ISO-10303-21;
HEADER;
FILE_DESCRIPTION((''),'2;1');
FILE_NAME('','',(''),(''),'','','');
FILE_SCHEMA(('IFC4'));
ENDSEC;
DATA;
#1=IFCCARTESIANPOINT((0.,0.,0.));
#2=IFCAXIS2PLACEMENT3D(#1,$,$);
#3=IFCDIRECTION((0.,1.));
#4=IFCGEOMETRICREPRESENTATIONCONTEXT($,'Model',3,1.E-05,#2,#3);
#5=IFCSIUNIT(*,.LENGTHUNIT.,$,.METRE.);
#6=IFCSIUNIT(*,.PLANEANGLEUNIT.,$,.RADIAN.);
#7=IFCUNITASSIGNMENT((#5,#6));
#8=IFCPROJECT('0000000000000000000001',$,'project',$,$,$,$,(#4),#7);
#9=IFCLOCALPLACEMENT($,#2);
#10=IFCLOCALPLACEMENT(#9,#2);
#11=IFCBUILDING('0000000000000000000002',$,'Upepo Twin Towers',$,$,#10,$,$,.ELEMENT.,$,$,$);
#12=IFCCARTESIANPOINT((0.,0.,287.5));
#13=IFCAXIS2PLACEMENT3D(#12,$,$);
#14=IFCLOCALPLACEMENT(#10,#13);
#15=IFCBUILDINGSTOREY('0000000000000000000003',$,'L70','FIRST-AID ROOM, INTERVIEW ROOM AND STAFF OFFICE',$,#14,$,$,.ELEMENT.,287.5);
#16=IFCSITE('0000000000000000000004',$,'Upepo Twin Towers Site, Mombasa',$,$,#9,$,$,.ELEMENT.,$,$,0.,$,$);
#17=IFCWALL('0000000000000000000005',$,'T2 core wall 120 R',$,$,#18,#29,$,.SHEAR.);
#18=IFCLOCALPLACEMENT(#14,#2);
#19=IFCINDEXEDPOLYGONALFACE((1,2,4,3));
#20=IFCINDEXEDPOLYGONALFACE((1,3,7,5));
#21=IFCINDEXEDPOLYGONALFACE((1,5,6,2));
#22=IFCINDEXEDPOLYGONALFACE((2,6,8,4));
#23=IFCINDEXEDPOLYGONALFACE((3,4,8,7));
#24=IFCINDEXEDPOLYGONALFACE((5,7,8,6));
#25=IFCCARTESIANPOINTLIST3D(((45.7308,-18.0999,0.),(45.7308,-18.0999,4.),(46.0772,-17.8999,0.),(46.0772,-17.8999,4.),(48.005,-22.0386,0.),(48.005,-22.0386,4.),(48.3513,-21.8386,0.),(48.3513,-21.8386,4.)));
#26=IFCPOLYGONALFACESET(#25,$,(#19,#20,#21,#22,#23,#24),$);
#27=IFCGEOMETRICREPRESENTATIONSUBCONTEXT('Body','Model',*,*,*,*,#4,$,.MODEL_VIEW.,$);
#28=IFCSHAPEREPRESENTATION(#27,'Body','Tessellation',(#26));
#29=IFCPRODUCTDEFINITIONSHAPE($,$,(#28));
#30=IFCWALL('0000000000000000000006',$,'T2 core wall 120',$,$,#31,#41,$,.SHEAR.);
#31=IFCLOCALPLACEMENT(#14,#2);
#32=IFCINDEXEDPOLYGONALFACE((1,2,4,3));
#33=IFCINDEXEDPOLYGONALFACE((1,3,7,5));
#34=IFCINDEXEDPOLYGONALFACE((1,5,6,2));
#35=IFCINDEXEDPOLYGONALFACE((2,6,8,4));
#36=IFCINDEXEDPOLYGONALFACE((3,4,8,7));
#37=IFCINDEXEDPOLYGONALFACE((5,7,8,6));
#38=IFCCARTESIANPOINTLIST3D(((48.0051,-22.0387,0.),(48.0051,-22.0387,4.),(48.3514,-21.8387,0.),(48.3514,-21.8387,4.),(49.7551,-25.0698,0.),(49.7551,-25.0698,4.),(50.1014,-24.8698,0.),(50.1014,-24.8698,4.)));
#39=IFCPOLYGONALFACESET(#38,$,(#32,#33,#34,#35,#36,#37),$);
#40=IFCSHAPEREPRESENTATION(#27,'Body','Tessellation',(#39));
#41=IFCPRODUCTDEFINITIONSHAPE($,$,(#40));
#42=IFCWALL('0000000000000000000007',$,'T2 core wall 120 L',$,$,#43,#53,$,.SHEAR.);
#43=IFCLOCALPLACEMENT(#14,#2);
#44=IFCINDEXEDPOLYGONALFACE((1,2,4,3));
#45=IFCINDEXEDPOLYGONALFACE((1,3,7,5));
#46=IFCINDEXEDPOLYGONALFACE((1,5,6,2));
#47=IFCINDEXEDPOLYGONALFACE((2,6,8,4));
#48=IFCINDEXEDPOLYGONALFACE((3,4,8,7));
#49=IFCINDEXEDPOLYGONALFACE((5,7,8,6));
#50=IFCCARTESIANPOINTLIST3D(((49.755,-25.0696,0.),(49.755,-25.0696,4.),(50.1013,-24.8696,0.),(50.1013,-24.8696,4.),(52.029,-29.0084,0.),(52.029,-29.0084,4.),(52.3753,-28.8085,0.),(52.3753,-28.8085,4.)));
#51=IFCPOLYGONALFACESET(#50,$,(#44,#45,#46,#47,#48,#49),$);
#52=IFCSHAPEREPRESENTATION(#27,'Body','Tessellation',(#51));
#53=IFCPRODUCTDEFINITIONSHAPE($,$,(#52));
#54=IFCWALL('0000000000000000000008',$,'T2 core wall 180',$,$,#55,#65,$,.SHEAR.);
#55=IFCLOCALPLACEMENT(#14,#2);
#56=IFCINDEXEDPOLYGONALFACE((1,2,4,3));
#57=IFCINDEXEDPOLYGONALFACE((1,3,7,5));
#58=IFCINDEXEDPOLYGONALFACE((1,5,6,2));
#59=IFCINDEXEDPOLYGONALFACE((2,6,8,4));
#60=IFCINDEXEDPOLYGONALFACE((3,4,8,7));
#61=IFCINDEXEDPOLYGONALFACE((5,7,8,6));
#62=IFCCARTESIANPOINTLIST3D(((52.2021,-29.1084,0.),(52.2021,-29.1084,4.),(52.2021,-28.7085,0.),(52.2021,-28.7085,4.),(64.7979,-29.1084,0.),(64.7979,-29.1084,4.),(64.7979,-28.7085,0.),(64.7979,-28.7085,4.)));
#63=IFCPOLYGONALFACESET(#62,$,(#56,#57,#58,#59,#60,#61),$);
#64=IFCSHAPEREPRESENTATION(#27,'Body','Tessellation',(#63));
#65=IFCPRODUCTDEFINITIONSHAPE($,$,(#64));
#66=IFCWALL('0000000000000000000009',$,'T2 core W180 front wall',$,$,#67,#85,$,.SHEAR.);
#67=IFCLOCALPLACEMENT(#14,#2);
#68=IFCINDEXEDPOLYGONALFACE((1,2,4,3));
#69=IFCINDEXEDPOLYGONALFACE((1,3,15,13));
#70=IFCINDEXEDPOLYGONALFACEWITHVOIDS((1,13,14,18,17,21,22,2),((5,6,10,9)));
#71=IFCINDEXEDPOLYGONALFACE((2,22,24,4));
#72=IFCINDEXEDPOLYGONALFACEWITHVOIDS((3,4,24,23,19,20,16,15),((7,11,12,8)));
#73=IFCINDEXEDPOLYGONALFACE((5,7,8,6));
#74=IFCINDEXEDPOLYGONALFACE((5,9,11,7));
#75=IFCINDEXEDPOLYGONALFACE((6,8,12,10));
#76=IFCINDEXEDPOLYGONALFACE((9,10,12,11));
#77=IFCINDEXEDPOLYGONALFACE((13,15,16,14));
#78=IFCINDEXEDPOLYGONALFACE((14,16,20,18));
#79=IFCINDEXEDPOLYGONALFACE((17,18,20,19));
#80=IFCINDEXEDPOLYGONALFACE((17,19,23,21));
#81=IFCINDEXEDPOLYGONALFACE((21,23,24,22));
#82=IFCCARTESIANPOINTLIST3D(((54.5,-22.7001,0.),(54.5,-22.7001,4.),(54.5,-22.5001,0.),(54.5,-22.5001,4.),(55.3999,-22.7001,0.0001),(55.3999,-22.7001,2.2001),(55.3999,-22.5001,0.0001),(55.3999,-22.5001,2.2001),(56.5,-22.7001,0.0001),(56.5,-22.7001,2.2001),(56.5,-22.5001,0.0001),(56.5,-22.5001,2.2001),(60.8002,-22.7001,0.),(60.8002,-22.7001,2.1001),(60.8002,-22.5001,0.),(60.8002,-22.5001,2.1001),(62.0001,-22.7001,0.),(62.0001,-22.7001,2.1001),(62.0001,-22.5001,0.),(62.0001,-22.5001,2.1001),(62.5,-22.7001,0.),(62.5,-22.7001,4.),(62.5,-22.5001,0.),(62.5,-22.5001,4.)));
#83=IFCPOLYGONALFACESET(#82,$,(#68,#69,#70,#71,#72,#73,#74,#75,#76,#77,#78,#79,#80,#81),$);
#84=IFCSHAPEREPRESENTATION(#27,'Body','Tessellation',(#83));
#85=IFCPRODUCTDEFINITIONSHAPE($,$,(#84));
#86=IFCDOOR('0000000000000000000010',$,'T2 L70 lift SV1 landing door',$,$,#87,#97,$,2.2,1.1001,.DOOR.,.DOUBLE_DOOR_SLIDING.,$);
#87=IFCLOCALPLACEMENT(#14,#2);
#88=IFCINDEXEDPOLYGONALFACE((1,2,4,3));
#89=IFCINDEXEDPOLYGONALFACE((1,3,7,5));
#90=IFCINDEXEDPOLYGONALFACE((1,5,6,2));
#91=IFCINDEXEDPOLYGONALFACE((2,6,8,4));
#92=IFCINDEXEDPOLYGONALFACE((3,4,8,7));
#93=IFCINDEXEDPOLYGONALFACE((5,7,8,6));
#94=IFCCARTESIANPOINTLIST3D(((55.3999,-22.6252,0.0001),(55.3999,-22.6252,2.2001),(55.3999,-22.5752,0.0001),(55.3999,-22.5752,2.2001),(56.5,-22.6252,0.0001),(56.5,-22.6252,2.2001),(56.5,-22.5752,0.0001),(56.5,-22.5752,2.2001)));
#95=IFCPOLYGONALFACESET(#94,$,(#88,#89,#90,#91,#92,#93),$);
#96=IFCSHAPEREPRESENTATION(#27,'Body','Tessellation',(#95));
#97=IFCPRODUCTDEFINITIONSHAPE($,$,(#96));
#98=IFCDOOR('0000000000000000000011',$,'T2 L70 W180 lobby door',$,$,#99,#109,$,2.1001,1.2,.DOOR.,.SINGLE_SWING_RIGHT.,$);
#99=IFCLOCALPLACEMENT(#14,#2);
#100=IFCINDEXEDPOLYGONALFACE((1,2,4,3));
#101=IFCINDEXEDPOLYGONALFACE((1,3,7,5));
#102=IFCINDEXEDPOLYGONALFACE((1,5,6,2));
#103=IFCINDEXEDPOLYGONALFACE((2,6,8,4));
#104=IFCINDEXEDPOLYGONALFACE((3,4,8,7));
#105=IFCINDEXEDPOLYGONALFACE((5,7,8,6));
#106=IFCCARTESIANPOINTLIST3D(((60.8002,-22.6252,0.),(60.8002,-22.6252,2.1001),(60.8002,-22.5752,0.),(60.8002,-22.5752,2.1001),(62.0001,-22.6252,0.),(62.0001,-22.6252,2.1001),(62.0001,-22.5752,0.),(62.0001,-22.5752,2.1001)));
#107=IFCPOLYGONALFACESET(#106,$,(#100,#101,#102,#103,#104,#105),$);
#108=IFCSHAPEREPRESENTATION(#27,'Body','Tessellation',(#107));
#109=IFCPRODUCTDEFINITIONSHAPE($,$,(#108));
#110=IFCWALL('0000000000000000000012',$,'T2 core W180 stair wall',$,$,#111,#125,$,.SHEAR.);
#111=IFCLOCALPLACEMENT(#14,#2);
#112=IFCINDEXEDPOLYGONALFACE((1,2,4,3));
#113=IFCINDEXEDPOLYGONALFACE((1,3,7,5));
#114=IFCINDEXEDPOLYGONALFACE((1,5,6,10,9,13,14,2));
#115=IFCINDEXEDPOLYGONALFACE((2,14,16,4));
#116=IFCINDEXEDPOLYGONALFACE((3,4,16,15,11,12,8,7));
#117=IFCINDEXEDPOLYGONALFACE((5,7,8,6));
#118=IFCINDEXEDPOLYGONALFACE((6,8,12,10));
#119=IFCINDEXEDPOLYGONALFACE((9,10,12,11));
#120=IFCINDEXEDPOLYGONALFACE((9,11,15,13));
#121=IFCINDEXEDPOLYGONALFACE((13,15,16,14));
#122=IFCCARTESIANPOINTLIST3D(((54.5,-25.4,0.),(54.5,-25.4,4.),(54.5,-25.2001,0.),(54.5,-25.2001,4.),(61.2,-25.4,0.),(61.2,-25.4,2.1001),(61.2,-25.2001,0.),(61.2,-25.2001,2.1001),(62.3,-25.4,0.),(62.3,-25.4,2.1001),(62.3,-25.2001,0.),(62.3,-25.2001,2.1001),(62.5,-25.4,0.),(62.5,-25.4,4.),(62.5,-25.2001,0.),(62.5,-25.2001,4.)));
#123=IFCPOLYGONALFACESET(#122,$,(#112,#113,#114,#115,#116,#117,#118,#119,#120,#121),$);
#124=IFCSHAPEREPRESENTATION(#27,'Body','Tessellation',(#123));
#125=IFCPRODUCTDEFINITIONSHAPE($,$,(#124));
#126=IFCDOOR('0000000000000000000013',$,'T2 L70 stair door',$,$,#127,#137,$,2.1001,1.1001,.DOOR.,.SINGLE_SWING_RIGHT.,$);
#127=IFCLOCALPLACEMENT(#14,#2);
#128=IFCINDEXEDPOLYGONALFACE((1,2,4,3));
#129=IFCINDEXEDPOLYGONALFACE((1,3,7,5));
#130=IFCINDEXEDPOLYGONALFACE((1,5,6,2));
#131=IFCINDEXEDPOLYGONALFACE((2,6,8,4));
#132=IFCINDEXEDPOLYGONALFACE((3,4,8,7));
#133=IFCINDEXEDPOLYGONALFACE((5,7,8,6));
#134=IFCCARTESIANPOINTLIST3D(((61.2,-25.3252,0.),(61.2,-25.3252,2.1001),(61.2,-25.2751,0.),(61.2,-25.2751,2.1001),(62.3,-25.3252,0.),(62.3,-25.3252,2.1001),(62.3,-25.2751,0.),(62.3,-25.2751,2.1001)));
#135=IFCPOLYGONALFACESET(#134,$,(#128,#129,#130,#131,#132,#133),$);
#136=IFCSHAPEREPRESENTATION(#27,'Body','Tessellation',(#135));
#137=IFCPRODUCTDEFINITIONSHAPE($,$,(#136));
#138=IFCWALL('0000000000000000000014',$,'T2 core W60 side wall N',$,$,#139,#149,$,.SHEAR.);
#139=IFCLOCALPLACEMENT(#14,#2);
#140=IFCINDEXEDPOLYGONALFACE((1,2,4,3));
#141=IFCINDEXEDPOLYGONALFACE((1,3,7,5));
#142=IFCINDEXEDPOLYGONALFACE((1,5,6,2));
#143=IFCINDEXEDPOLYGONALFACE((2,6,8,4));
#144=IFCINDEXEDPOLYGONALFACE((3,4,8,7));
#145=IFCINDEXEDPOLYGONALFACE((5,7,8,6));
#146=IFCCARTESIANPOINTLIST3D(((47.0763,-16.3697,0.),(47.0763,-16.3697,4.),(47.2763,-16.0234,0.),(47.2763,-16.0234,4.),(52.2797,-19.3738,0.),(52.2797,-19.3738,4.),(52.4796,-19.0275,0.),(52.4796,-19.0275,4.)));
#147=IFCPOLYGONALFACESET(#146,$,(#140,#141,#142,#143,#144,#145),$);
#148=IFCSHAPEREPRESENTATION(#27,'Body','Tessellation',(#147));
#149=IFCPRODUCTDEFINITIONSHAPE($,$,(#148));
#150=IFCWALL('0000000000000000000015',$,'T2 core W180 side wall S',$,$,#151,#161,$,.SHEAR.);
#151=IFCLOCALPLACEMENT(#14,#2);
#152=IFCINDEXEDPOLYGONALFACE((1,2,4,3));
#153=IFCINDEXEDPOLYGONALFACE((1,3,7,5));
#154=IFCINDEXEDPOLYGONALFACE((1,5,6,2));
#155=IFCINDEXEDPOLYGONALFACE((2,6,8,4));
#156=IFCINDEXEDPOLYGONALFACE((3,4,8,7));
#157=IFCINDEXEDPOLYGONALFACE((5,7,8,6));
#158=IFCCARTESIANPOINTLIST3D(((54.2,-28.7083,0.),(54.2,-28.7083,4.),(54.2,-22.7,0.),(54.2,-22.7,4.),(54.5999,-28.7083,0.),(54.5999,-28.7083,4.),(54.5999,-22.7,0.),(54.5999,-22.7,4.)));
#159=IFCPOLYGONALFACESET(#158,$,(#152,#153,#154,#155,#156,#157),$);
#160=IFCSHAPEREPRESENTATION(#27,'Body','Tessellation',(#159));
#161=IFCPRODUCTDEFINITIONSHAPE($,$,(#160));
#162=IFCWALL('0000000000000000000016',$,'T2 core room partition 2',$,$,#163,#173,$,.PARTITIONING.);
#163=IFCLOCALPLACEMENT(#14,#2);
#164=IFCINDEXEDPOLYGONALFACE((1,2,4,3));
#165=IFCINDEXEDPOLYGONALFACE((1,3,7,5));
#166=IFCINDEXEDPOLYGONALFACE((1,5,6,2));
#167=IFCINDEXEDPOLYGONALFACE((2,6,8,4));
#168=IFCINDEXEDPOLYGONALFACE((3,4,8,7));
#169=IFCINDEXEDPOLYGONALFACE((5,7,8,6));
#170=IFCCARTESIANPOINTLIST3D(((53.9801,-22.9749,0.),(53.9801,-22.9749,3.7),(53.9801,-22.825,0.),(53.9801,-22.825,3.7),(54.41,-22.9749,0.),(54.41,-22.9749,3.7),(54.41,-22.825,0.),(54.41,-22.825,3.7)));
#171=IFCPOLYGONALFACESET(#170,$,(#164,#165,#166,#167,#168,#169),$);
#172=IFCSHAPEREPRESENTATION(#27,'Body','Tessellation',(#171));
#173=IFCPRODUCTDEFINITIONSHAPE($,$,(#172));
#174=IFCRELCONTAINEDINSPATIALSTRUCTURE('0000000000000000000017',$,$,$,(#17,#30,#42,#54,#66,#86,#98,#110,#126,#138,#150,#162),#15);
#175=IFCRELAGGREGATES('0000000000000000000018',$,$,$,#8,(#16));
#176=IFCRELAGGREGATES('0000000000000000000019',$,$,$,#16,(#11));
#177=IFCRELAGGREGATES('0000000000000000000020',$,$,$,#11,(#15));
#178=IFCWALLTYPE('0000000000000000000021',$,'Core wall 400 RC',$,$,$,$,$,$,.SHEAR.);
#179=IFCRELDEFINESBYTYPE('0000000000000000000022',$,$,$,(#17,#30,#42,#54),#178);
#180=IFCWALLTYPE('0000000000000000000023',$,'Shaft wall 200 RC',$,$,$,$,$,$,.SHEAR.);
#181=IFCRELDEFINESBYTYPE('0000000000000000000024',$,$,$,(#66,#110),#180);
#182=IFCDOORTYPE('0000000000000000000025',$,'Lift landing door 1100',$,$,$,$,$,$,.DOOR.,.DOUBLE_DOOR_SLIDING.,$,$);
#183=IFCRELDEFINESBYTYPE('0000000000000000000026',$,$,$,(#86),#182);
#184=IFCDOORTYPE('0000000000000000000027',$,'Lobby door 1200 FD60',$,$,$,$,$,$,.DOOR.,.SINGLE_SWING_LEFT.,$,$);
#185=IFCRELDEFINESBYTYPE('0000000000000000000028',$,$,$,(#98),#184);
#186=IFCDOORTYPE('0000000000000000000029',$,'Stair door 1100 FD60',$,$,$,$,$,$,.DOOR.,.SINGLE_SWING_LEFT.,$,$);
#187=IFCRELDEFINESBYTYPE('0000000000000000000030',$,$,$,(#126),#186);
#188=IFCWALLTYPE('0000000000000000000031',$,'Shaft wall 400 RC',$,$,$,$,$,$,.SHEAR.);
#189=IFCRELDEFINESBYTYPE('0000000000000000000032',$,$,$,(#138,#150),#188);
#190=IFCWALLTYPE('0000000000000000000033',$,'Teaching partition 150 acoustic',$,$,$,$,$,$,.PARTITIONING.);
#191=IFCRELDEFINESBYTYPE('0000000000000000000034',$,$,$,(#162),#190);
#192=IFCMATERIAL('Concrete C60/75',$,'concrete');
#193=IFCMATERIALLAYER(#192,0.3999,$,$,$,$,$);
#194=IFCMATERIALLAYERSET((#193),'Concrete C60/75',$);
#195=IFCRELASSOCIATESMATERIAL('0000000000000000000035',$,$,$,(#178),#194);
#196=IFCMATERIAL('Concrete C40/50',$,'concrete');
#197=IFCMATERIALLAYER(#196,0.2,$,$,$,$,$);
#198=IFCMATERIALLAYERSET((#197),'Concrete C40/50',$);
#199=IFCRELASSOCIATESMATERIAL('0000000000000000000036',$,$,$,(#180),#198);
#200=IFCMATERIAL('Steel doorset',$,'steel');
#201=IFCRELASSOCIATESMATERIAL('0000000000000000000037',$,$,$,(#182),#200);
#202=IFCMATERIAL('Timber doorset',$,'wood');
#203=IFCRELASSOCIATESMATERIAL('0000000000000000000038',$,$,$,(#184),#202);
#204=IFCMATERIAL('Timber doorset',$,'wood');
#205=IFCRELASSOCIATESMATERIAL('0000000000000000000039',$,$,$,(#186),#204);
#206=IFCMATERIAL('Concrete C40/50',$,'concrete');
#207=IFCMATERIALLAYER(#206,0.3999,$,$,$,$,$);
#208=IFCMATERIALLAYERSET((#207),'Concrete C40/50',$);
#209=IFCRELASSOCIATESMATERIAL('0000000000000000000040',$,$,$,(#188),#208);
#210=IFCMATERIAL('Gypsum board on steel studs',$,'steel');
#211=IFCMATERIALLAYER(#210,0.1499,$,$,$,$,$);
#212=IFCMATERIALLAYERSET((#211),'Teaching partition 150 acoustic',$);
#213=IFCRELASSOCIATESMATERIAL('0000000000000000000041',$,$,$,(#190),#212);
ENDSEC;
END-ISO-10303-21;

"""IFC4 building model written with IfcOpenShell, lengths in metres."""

from ifc_helpers import new_model, si_unit, direction, frame, frame_2d, origin, place, context, subcontext, project, spatial, rectangle, extrude, material, layer, layer_set, type_object, element, fill, save


model = new_model("IFC4")

# Units and contexts
model_context = context("Model", 3, precision=1e-05, world=origin(), true_north=direction((0.0, 1.0)))
body_context = subcontext(model_context, "Body", "Model", "MODEL_VIEW")
ifc_project = project(units=[si_unit("LENGTHUNIT", "METRE"), si_unit("PLANEANGLEUNIT", "RADIAN")], contexts=[model_context])

# Site, building, storey
site_placement = place(None, origin())
site = spatial("IfcSite", under=ifc_project, at=site_placement, Name="Upepo Twin Towers Site, Mombasa", CompositionType="ELEMENT", RefElevation=0.0)
building_placement = place(site_placement, origin())
building = spatial("IfcBuilding", under=site, at=building_placement, Name="Upepo Twin Towers", CompositionType="ELEMENT")
storey_placement = place(building_placement, frame((0.0, 0.0, 287.5)))
storey = spatial("IfcBuildingStorey", under=building, at=storey_placement, Name="L70", Description="FIRST-AID ROOM, INTERVIEW ROOM AND STAFF OFFICE", CompositionType="ELEMENT", Elevation=287.5)

# Walls
ifc_material_1 = material(Name="Concrete C60/75", Category="concrete")
ifc_layer_1 = layer(ifc_material_1, 0.3999)
ifc_layer_set_1 = layer_set([ifc_layer_1], Name="Concrete C60/75")
wall_type_1 = type_object("IfcWallType", Name="Core wall 400 RC", PredefinedType="SHEAR", material=ifc_layer_set_1)
wall_1_placement = place(storey_placement, frame((45.9041, -18.0, 0.0), z_axis=(0.0, 0.0, 1.0), x_axis=(0.500024, -0.866011, 0.0)))
element("IfcWall", 1, at=wall_1_placement, inside=storey, type_object=wall_type_1, Name="T2 core wall 120 R", PredefinedType="SHEAR", context=body_context, shape_type="SweptSolid", body=[
    extrude(rectangle(XDim=4.5481, YDim=0.3999, at=frame_2d((2.2739, 0.0))), origin(), (0.0, 0.0, 1.0), 4.0),
])
wall_2_placement = place(storey_placement, frame((48.1782, -21.9387, 0.0), z_axis=(0.0, 0.0, 1.0), x_axis=(0.50001, -0.866019, 0.0)))
element("IfcWall", 2, at=wall_2_placement, inside=storey, type_object=wall_type_1, Name="T2 core wall 120", PredefinedType="SHEAR", context=body_context, shape_type="SweptSolid", body=[
    extrude(rectangle(XDim=3.5, YDim=0.3999, at=frame_2d((1.75, 0.0))), origin(), (0.0, 0.0, 1.0), 4.0),
])
wall_3_placement = place(storey_placement, frame((49.9282, -24.9697, 0.0), z_axis=(0.0, 0.0, 1.0), x_axis=(0.499984, -0.866035, 0.0)))
element("IfcWall", 3, at=wall_3_placement, inside=storey, type_object=wall_type_1, Name="T2 core wall 120 L", PredefinedType="SHEAR", context=body_context, shape_type="SweptSolid", body=[
    extrude(rectangle(XDim=4.5481, YDim=0.3999, at=frame_2d((2.2739, 0.0))), origin(), (0.0, 0.0, 1.0), 4.0),
])
wall_4_placement = place(storey_placement, frame((52.2021, -28.9084, 0.0), z_axis=(0.0, 0.0, 1.0), x_axis=(1.0, 0.0, 0.0)))
element("IfcWall", 4, at=wall_4_placement, inside=storey, type_object=wall_type_1, Name="T2 core wall 180", PredefinedType="SHEAR", context=body_context, shape_type="SweptSolid", body=[
    extrude(rectangle(XDim=12.5957, YDim=0.3999, at=frame_2d((6.2979, 0.0))), origin(), (0.0, 0.0, 1.0), 4.0),
])

# Wall, openings, doors
ifc_material_2 = material(Name="Concrete C40/50", Category="concrete")
ifc_layer_2 = layer(ifc_material_2, 0.2)
ifc_layer_set_2 = layer_set([ifc_layer_2], Name="Concrete C40/50")
wall_type_2 = type_object("IfcWallType", Name="Shaft wall 200 RC", PredefinedType="SHEAR", material=ifc_layer_set_2)
wall_5_placement = place(storey_placement, frame((54.5, -22.6001, 0.0), z_axis=(0.0, 0.0, 1.0), x_axis=(1.0, 0.0, 0.0)))
wall_5 = element("IfcWall", 5, at=wall_5_placement, inside=storey, type_object=wall_type_2, Name="T2 core W180 front wall", PredefinedType="SHEAR", context=body_context, shape_type="SweptSolid", body=[
    extrude(rectangle(XDim=8.0, YDim=0.2, at=frame_2d((4.0, 0.0))), origin(), (0.0, 0.0, 1.0), 4.0),
])
opening_1_placement = place(wall_5_placement, frame((6.3, 0.0, 0.0)))
opening_1 = element("IfcOpeningElement", 6, at=opening_1_placement, cuts=wall_5, PredefinedType="OPENING", context=body_context, shape_type="SweptSolid", body=[
    extrude(rectangle(XDim=1.2, YDim=2.1001, at=frame_2d((0.6001, 1.05))), frame((0.0, 0.1099, 0.0), z_axis=(0.0, -1.0, 0.0), x_axis=(1.0, 0.0, 0.0)), (0.0, 0.0, 1.0), 0.22),
])
opening_2_placement = place(wall_5_placement, frame((0.8999, 0.0, 0.0)))
opening_2 = element("IfcOpeningElement", 7, at=opening_2_placement, cuts=wall_5, PredefinedType="OPENING", context=body_context, shape_type="SweptSolid", body=[
    extrude(rectangle(XDim=1.1001, YDim=2.2, at=frame_2d((0.55, 1.1001))), frame((0.0, 0.1099, 0.0), z_axis=(0.0, -1.0, 0.0), x_axis=(1.0, 0.0, 0.0)), (0.0, 0.0, 1.0), 0.22),
])
ifc_material_3 = material(Name="Steel doorset", Category="steel")
door_type_1 = type_object("IfcDoorType", Name="Lift landing door 1100", OperationType="DOUBLE_DOOR_SLIDING", PredefinedType="DOOR", material=ifc_material_3)
door_1_placement = place(opening_2_placement, origin())
door_1 = element("IfcDoor", 8, at=door_1_placement, inside=storey, type_object=door_type_1, Name="T2 L70 lift SV1 landing door", OperationType="DOUBLE_DOOR_SLIDING", OverallHeight=2.2, OverallWidth=1.1001, PredefinedType="DOOR", context=body_context, shape_type="SweptSolid", body=[
    extrude(rectangle(XDim=1.1001, YDim=2.2, at=frame_2d((0.55, 1.1001))), frame((0.0, 0.0249, 0.0), z_axis=(0.0, -1.0, 0.0), x_axis=(1.0, 0.0, 0.0)), (0.0, 0.0, 1.0), 0.05),
])
fill(opening_2, door_1)
ifc_material_4 = material(Name="Timber doorset", Category="wood")
door_type_2 = type_object("IfcDoorType", Name="Lobby door 1200 FD60", OperationType="SINGLE_SWING_LEFT", PredefinedType="DOOR", material=ifc_material_4)
door_2_placement = place(opening_1_placement, origin())
door_2 = element("IfcDoor", 9, at=door_2_placement, inside=storey, type_object=door_type_2, Name="T2 L70 W180 lobby door", OperationType="SINGLE_SWING_RIGHT", OverallHeight=2.1001, OverallWidth=1.2, PredefinedType="DOOR", context=body_context, shape_type="SweptSolid", body=[
    extrude(rectangle(XDim=1.2, YDim=2.1001, at=frame_2d((0.6001, 1.05))), frame((0.0, 0.0249, 0.0), z_axis=(0.0, -1.0, 0.0), x_axis=(1.0, 0.0, 0.0)), (0.0, 0.0, 1.0), 0.05),
])
fill(opening_1, door_2)

# Wall, opening, door
wall_6_placement = place(storey_placement, frame((54.5, -25.3, 0.0), z_axis=(0.0, 0.0, 1.0), x_axis=(1.0, 0.0, 0.0)))
wall_6 = element("IfcWall", 10, at=wall_6_placement, inside=storey, type_object=wall_type_2, Name="T2 core W180 stair wall", PredefinedType="SHEAR", context=body_context, shape_type="SweptSolid", body=[
    extrude(rectangle(XDim=8.0, YDim=0.2, at=frame_2d((4.0, 0.0))), origin(), (0.0, 0.0, 1.0), 4.0),
])
opening_3_placement = place(wall_6_placement, frame((6.7, 0.0, 0.0)))
opening_3 = element("IfcOpeningElement", 11, at=opening_3_placement, cuts=wall_6, PredefinedType="OPENING", context=body_context, shape_type="SweptSolid", body=[
    extrude(rectangle(XDim=1.1001, YDim=2.1001, at=frame_2d((0.55, 1.05))), frame((0.0, 0.1099, 0.0), z_axis=(0.0, -1.0, 0.0), x_axis=(1.0, 0.0, 0.0)), (0.0, 0.0, 1.0), 0.22),
])
ifc_material_5 = material(Name="Timber doorset", Category="wood")
door_type_3 = type_object("IfcDoorType", Name="Stair door 1100 FD60", OperationType="SINGLE_SWING_LEFT", PredefinedType="DOOR", material=ifc_material_5)
door_3_placement = place(opening_3_placement, origin())
door_3 = element("IfcDoor", 12, at=door_3_placement, inside=storey, type_object=door_type_3, Name="T2 L70 stair door", OperationType="SINGLE_SWING_RIGHT", OverallHeight=2.1001, OverallWidth=1.1001, PredefinedType="DOOR", context=body_context, shape_type="SweptSolid", body=[
    extrude(rectangle(XDim=1.1001, YDim=2.1001, at=frame_2d((0.55, 1.05))), frame((0.0, 0.0249, 0.0), z_axis=(0.0, -1.0, 0.0), x_axis=(1.0, 0.0, 0.0)), (0.0, 0.0, 1.0), 0.05),
])
fill(opening_3, door_3)

# Walls
ifc_material_6 = material(Name="Concrete C40/50", Category="concrete")
ifc_layer_3 = layer(ifc_material_6, 0.3999)
ifc_layer_set_3 = layer_set([ifc_layer_3], Name="Concrete C40/50")
wall_type_3 = type_object("IfcWallType", Name="Shaft wall 400 RC", PredefinedType="SHEAR", material=ifc_layer_set_3)
for number, where, z_axis, x_axis, name in (
    (13, (52.3796, -19.2007, 0.0), (0.0, 0.0, 1.0), (-0.866027, 0.499998, 0.0), "T2 core W60 side wall N"),
    (14, (54.3999, -22.7, 0.0), (0.0, 0.0, 1.0), (0.0, -1.0, 0.0), "T2 core W180 side wall S"),
):
    element("IfcWall", number, at=place(storey_placement, frame(where, z_axis=z_axis, x_axis=x_axis)), inside=storey, type_object=wall_type_3, Name=name, PredefinedType="SHEAR", context=body_context, shape_type="SweptSolid", body=[
        extrude(rectangle(XDim=6.0083, YDim=0.3999, at=frame_2d((3.0042, 0.0))), origin(), (0.0, 0.0, 1.0), 4.0),
    ])
ifc_material_7 = material(Name="Gypsum board on steel studs", Category="steel")
ifc_layer_4 = layer(ifc_material_7, 0.1499)
ifc_layer_set_4 = layer_set([ifc_layer_4], Name="Teaching partition 150 acoustic")
wall_type_4 = type_object("IfcWallType", Name="Teaching partition 150 acoustic", PredefinedType="PARTITIONING", material=ifc_layer_set_4)
wall_7_placement = place(storey_placement, frame((54.4099, -22.8999, 0.0), z_axis=(0.0, 0.0, 1.0), x_axis=(-1.0, 0.0, 0.0)))
element("IfcWall", 15, at=wall_7_placement, inside=storey, type_object=wall_type_4, Name="T2 core room partition 2", PredefinedType="PARTITIONING", context=body_context, shape_type="SweptSolid", body=[
    extrude(rectangle(XDim=0.4299, YDim=0.1499, at=frame_2d((0.2148, 0.0))), origin(), (0.0, 0.0, 1.0), 3.7),
])

save(model, "model.ifc")
